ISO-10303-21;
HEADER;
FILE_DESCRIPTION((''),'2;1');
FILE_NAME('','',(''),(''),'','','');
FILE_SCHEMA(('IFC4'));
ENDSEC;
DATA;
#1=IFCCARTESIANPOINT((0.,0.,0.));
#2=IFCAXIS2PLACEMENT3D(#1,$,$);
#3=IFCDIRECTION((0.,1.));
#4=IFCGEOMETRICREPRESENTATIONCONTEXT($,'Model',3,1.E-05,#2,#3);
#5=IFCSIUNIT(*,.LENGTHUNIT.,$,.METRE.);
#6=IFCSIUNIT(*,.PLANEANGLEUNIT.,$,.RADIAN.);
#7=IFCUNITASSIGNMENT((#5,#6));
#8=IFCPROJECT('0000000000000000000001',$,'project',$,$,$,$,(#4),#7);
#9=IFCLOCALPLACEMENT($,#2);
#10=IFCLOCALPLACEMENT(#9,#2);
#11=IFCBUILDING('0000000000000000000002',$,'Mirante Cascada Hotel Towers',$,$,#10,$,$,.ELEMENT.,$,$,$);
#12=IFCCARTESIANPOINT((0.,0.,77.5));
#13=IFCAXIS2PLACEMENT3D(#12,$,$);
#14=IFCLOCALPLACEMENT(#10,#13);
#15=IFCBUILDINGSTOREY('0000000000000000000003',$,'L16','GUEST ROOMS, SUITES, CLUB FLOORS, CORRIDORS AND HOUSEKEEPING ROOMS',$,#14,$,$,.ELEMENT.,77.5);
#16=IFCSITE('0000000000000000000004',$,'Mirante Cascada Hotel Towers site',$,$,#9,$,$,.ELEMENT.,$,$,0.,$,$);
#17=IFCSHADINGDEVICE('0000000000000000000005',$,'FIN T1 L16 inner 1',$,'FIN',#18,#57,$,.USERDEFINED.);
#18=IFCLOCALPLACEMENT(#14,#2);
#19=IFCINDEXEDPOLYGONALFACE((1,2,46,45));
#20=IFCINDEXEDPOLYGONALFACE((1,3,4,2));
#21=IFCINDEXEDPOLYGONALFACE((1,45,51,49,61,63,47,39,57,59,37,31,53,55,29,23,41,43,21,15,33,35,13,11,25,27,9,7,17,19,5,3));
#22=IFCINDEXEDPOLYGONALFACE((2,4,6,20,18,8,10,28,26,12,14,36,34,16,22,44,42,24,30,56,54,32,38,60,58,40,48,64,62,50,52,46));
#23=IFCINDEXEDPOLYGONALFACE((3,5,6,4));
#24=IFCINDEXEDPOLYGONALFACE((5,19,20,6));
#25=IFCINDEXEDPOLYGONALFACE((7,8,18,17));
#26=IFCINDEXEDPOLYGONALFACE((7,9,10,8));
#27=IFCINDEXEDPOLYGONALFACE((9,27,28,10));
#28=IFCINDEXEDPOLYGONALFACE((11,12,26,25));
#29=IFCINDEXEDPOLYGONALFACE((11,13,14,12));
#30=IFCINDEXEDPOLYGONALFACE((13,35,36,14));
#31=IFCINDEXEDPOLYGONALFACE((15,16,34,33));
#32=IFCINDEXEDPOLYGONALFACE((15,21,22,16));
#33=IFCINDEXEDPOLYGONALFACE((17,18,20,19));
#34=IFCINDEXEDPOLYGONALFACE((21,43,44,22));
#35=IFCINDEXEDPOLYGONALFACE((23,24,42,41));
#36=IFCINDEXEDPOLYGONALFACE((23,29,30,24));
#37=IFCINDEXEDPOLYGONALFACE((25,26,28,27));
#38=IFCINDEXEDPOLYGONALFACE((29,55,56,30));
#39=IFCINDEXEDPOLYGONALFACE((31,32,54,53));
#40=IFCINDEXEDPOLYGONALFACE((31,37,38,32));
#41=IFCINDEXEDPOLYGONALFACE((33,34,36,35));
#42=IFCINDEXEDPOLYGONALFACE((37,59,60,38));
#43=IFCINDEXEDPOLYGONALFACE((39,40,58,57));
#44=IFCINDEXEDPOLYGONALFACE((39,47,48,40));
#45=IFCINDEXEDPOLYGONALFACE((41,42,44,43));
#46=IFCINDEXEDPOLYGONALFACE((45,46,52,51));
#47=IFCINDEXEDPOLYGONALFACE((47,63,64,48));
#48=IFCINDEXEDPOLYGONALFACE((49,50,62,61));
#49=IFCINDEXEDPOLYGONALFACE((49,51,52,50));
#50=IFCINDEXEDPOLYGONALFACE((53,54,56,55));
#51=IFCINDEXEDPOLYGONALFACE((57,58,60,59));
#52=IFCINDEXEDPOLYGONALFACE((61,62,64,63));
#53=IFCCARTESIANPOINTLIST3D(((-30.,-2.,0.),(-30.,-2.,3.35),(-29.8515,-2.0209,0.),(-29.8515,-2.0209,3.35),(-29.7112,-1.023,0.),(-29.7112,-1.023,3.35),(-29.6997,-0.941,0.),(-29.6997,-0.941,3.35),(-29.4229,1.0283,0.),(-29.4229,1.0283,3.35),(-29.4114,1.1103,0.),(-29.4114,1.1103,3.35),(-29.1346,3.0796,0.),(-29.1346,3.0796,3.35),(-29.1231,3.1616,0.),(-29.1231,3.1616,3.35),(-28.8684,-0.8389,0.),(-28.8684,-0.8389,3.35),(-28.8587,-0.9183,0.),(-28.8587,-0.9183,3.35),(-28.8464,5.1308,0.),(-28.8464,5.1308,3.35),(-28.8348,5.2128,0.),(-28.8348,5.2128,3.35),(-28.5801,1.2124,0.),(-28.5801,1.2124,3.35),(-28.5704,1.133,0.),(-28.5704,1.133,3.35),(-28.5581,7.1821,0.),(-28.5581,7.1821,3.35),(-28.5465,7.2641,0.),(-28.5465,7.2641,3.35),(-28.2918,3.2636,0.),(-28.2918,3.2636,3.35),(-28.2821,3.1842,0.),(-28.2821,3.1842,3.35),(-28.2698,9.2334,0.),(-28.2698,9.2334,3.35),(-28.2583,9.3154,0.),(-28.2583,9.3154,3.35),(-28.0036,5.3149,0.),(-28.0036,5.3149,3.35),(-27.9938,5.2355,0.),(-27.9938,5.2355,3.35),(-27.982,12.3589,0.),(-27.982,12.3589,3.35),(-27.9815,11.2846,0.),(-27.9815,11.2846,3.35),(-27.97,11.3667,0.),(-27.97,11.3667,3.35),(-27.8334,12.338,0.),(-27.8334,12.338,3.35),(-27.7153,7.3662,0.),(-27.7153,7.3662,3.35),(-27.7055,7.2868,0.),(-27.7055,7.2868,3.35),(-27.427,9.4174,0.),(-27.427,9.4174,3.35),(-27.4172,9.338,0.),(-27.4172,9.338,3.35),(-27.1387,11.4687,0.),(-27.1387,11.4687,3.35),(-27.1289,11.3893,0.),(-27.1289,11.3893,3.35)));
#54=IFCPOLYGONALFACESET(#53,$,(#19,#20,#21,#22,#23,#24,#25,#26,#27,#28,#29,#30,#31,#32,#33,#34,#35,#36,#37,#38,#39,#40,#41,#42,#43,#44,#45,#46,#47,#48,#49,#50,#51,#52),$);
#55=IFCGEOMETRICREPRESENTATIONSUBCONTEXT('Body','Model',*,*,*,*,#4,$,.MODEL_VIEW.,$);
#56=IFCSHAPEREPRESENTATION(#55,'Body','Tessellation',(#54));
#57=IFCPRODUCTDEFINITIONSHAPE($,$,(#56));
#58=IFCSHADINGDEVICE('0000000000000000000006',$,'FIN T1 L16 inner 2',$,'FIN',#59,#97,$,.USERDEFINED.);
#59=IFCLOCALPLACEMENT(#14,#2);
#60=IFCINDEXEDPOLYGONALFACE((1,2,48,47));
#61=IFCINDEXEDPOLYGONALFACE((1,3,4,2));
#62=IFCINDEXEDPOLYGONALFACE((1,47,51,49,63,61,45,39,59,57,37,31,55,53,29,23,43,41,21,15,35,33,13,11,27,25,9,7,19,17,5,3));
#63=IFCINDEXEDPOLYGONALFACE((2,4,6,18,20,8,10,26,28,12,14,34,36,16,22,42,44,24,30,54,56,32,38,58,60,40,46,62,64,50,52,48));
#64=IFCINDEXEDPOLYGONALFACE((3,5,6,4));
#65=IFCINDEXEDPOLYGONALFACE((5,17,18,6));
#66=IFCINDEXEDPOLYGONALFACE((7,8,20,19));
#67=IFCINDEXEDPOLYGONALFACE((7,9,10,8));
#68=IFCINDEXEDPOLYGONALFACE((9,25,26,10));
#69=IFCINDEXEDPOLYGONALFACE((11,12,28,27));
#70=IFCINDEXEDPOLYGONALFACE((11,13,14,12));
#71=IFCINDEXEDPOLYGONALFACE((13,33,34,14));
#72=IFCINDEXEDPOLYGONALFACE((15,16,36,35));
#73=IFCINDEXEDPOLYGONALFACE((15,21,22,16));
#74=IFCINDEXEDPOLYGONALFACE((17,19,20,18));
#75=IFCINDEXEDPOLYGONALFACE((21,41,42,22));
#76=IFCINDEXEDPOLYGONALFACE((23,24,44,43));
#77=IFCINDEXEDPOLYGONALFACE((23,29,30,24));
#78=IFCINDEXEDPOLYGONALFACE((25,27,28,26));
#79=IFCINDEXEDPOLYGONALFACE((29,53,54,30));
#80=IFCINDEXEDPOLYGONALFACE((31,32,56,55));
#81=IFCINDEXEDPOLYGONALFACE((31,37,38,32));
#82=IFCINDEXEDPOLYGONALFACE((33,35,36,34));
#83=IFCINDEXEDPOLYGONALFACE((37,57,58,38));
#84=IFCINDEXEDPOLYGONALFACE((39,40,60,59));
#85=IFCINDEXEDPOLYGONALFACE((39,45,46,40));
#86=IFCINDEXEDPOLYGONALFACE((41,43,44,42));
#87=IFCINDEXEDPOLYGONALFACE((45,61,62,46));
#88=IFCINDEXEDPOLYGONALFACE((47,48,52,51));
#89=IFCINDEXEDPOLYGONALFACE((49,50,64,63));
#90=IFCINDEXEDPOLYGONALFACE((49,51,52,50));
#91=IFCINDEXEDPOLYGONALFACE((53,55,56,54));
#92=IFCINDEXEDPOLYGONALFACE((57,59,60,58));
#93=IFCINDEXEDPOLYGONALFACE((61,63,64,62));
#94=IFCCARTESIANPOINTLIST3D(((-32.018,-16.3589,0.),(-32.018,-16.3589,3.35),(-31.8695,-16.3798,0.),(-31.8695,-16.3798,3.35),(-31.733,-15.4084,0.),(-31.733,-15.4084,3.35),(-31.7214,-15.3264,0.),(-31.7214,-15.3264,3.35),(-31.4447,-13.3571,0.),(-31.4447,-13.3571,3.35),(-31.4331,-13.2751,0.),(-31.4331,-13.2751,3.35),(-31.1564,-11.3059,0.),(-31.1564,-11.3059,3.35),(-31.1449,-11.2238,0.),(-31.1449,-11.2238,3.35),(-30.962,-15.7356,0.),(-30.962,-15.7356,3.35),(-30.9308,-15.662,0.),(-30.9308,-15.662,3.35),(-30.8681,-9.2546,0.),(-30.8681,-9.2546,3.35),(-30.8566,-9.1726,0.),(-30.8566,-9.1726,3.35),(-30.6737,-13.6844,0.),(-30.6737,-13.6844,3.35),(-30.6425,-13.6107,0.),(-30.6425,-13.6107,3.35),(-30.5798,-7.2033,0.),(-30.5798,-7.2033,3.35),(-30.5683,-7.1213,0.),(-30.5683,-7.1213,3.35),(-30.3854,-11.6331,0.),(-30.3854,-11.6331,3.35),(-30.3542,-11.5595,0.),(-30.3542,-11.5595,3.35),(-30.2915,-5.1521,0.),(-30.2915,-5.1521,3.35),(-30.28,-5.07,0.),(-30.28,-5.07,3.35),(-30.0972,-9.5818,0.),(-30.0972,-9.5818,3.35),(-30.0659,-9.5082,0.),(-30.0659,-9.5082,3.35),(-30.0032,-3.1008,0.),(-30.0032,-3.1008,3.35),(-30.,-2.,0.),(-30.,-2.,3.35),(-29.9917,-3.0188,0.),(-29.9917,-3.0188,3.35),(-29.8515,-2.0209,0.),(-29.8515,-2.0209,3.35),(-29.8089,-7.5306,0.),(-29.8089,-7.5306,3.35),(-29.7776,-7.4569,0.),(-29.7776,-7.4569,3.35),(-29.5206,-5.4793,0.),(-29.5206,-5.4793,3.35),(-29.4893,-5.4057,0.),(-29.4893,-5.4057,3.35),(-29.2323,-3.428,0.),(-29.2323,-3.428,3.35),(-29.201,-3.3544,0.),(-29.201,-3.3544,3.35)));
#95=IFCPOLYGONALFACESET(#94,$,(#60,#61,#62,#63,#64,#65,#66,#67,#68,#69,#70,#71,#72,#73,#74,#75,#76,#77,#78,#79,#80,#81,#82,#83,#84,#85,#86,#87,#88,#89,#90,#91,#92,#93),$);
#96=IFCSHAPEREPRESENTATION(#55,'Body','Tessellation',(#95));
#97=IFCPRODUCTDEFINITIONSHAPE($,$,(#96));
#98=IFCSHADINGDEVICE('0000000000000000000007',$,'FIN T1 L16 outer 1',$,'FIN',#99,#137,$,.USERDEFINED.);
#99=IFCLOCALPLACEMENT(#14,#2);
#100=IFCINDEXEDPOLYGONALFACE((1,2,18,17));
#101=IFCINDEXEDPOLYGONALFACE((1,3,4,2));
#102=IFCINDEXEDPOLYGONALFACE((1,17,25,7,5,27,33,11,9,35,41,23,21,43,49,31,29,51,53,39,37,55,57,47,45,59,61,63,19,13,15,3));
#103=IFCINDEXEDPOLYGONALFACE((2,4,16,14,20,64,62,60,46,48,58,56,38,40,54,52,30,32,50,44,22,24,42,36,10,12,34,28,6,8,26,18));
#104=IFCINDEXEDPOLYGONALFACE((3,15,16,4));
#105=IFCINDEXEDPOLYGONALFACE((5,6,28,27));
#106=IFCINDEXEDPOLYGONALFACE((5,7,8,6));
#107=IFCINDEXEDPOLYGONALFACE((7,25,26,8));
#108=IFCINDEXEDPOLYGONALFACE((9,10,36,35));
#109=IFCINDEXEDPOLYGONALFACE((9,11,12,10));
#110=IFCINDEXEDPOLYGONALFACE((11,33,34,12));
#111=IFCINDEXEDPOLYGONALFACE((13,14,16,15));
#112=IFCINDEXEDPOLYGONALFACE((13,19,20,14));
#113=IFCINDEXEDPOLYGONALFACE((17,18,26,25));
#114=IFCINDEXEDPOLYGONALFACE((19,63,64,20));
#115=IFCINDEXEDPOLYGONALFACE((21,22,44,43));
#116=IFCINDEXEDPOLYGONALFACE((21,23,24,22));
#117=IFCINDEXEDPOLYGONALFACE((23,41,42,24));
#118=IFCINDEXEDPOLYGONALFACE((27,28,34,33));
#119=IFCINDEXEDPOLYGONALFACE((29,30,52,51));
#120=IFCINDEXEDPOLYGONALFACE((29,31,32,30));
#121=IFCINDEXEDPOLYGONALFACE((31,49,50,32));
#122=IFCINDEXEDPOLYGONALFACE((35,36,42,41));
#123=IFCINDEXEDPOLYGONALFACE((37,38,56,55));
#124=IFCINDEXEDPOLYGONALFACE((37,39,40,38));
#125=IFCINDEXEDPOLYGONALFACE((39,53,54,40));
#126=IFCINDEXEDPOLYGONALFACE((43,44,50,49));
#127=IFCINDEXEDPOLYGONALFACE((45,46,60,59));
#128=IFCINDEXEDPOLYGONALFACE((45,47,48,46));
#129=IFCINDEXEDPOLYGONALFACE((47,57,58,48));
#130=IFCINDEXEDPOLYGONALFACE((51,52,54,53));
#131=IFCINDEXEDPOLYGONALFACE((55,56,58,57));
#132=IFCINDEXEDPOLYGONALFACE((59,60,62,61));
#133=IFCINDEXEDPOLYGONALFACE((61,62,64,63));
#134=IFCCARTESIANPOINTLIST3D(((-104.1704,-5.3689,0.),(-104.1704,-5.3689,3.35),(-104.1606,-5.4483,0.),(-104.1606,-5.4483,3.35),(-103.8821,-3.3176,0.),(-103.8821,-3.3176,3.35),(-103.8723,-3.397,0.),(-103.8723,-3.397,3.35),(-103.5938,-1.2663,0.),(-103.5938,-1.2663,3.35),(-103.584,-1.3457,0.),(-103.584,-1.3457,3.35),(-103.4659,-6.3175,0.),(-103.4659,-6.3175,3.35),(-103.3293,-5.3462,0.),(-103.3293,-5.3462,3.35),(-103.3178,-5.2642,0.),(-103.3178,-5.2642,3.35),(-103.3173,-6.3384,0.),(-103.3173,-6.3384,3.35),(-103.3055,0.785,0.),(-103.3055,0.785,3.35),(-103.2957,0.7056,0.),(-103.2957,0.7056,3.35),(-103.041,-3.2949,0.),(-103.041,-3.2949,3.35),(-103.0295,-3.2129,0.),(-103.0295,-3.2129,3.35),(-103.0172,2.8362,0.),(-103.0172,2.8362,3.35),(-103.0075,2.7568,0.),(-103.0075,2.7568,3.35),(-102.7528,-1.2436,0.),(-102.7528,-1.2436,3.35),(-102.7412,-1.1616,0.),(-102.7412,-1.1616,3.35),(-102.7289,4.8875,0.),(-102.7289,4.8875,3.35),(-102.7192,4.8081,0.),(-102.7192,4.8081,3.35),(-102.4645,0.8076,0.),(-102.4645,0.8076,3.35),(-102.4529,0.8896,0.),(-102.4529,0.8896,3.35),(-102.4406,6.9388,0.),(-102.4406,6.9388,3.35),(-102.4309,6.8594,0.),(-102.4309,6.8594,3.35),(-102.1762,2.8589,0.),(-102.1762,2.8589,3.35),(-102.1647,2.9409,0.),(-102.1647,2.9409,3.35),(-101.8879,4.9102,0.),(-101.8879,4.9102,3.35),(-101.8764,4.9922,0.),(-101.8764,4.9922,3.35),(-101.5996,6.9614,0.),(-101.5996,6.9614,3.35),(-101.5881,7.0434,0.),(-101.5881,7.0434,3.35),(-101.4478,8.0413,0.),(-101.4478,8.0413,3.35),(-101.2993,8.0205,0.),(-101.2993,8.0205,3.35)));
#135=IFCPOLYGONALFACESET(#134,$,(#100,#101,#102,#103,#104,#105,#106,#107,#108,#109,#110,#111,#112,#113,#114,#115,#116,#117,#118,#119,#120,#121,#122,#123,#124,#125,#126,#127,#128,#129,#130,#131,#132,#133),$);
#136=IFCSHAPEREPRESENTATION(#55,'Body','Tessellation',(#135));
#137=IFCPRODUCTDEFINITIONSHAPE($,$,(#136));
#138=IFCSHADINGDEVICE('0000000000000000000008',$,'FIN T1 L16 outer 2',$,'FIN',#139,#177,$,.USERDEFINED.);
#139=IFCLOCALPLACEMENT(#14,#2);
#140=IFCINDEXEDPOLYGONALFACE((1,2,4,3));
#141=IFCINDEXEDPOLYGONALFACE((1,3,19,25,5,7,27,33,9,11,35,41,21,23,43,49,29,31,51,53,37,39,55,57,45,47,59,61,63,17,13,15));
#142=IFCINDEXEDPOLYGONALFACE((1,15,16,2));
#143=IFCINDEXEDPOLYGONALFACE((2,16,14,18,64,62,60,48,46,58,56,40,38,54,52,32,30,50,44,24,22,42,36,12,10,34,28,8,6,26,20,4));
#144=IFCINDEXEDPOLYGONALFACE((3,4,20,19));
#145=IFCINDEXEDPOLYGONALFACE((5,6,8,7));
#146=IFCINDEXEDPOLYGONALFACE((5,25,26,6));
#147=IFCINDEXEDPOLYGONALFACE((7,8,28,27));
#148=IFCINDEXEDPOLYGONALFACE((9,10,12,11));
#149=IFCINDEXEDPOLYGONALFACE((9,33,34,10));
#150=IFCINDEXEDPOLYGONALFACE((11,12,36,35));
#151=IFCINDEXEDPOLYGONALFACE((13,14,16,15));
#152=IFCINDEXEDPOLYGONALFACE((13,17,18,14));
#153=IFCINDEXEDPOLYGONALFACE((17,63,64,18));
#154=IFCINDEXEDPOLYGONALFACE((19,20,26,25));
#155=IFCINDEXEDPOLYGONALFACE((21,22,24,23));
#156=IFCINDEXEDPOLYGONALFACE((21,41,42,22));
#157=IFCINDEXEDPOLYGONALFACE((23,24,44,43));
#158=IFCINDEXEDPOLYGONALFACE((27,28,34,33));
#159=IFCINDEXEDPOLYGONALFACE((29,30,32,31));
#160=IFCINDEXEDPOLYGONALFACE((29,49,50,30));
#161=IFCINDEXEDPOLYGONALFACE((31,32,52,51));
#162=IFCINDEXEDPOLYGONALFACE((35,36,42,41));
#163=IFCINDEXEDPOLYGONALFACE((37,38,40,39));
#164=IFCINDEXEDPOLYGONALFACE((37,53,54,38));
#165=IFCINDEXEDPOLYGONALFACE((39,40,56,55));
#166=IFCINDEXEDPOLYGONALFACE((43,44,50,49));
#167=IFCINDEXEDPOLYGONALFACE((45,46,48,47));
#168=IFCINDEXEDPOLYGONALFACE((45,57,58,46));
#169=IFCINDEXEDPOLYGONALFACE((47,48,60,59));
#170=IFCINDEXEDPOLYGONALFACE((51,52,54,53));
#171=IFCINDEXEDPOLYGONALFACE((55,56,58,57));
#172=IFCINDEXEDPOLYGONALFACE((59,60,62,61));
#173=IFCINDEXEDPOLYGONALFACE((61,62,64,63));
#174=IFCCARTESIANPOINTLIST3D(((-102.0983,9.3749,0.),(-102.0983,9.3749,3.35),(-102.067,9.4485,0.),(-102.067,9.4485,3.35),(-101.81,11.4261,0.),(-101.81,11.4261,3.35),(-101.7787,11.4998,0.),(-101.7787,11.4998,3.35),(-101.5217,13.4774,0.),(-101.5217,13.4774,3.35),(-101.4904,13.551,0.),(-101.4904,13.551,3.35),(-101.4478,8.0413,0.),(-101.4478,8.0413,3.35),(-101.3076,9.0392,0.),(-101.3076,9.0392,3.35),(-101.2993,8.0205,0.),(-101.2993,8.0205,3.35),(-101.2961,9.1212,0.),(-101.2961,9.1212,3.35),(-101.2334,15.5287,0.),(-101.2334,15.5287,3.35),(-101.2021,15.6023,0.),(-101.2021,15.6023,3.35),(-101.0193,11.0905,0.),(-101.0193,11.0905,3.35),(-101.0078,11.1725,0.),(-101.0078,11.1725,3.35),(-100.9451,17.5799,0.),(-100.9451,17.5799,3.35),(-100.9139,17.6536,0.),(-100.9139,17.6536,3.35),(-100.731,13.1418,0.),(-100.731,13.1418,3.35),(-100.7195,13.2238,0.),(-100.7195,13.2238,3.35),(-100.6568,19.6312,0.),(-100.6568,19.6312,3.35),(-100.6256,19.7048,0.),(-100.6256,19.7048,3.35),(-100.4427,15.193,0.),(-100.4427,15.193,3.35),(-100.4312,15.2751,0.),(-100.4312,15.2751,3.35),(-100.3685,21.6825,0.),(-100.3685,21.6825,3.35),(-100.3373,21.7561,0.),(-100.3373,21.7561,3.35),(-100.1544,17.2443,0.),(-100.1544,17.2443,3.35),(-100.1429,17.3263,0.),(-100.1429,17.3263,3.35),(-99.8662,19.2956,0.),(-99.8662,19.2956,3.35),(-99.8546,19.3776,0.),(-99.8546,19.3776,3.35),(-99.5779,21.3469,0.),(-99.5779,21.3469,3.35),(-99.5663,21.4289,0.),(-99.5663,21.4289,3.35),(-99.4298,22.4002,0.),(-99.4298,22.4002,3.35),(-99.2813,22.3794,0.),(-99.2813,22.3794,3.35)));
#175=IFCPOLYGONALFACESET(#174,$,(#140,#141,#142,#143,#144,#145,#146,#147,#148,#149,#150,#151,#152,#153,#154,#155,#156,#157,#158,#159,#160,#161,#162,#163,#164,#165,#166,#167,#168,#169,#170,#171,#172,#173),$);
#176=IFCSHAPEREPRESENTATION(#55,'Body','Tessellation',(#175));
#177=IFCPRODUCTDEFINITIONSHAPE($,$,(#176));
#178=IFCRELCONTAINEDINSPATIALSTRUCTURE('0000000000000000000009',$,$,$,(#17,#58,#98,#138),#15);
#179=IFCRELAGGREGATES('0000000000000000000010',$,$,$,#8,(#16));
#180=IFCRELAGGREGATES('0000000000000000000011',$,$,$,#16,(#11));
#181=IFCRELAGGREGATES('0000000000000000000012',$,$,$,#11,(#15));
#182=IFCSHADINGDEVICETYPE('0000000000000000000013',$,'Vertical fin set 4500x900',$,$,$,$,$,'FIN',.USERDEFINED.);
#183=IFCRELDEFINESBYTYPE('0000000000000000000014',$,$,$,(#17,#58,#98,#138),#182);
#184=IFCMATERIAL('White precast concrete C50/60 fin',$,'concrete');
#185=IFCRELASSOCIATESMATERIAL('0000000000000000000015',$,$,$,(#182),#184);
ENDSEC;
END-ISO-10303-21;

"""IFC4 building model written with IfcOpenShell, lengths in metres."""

from ifc_helpers import new_model, si_unit, direction, frame, origin, place, context, subcontext, project, spatial, polyline, outline, extrude, material, type_object, element, save


model = new_model("IFC4")

# Units and contexts
model_context = context("Model", 3, precision=1e-05, world=origin(), true_north=direction((0.0, 1.0)))
body_context = subcontext(model_context, "Body", "Model", "MODEL_VIEW")
ifc_project = project(units=[si_unit("LENGTHUNIT", "METRE"), si_unit("PLANEANGLEUNIT", "RADIAN")], contexts=[model_context])

# Site, building, storey
site_placement = place(None, origin())
site = spatial("IfcSite", under=ifc_project, at=site_placement, Name="Mirante Cascada Hotel Towers site", CompositionType="ELEMENT", RefElevation=0.0)
building_placement = place(site_placement, origin())
building = spatial("IfcBuilding", under=site, at=building_placement, Name="Mirante Cascada Hotel Towers", CompositionType="ELEMENT")
storey_placement = place(building_placement, frame((0.0, 0.0, 77.5)))
storey = spatial("IfcBuildingStorey", under=building, at=storey_placement, Name="L16", Description="GUEST ROOMS, SUITES, CLUB FLOORS, CORRIDORS AND HOUSEKEEPING ROOMS", CompositionType="ELEMENT", Elevation=77.5)

# Shading devices
ifc_material_1 = material(Name="White precast concrete C50/60 fin", Category="concrete")
shading_device_type = type_object("IfcShadingDeviceType", Name="Vertical fin set 4500x900", ElementType="FIN", PredefinedType="USERDEFINED", material=ifc_material_1)
shading_device_1_placement = place(storey_placement, origin())
element("IfcShadingDevice", 1, at=shading_device_1_placement, inside=storey, type_object=shading_device_type, Name="FIN T1 L16 inner 1", ObjectType="FIN", PredefinedType="USERDEFINED", context=body_context, shape_type="SweptSolid", body=[
    extrude(outline(polyline([(-29.7112, -1.023), (-29.8515, -2.0209), (-30.0, -2.0), (-27.982, 12.3589), (-27.8334, 12.338), (-27.97, 11.3667), (-27.1387, 11.4687), (-27.1289, 11.3893), (-27.9815, 11.2846), (-28.2583, 9.3154), (-27.427, 9.4174), (-27.4172, 9.338), (-28.2698, 9.2334), (-28.5465, 7.2641), (-27.7153, 7.3662), (-27.7055, 7.2868), (-28.5581, 7.1821), (-28.8348, 5.2128), (-28.0036, 5.3149), (-27.9938, 5.2355), (-28.8464, 5.1308), (-29.1231, 3.1616), (-28.2918, 3.2636), (-28.2821, 3.1842), (-29.1346, 3.0796), (-29.4114, 1.1103), (-28.5801, 1.2124), (-28.5704, 1.133), (-29.4229, 1.0283), (-29.6997, -0.941), (-28.8684, -0.8389), (-28.8587, -0.9183), (-29.7112, -1.023)])), origin(), (0.0, 0.0, 1.0), 3.35),
])
shading_device_2_placement = place(storey_placement, origin())
element("IfcShadingDevice", 2, at=shading_device_2_placement, inside=storey, type_object=shading_device_type, Name="FIN T1 L16 inner 2", ObjectType="FIN", PredefinedType="USERDEFINED", context=body_context, shape_type="SweptSolid", body=[
    extrude(outline(polyline([(-31.733, -15.4084), (-31.8695, -16.3798), (-32.018, -16.3589), (-30.0, -2.0), (-29.8515, -2.0209), (-29.9917, -3.0188), (-29.201, -3.3544), (-29.2323, -3.428), (-30.0032, -3.1008), (-30.28, -5.07), (-29.4893, -5.4057), (-29.5206, -5.4793), (-30.2915, -5.1521), (-30.5683, -7.1213), (-29.7776, -7.4569), (-29.8089, -7.5306), (-30.5798, -7.2033), (-30.8566, -9.1726), (-30.0659, -9.5082), (-30.0972, -9.5818), (-30.8681, -9.2546), (-31.1449, -11.2238), (-30.3542, -11.5595), (-30.3854, -11.6331), (-31.1564, -11.3059), (-31.4331, -13.2751), (-30.6425, -13.6107), (-30.6737, -13.6844), (-31.4447, -13.3571), (-31.7214, -15.3264), (-30.9308, -15.662), (-30.962, -15.7356), (-31.733, -15.4084)])), origin(), (0.0, 0.0, 1.0), 3.35),
])
shading_device_3_placement = place(storey_placement, origin())
element("IfcShadingDevice", 3, at=shading_device_3_placement, inside=storey, type_object=shading_device_type, Name="FIN T1 L16 outer 1", ObjectType="FIN", PredefinedType="USERDEFINED", context=body_context, shape_type="SweptSolid", body=[
    extrude(outline(polyline([(-103.3178, -5.2642), (-103.041, -3.2949), (-103.8723, -3.397), (-103.8821, -3.3176), (-103.0295, -3.2129), (-102.7528, -1.2436), (-103.584, -1.3457), (-103.5938, -1.2663), (-102.7412, -1.1616), (-102.4645, 0.8076), (-103.2957, 0.7056), (-103.3055, 0.785), (-102.4529, 0.8896), (-102.1762, 2.8589), (-103.0075, 2.7568), (-103.0172, 2.8362), (-102.1647, 2.9409), (-101.8879, 4.9102), (-102.7192, 4.8081), (-102.7289, 4.8875), (-101.8764, 4.9922), (-101.5996, 6.9614), (-102.4309, 6.8594), (-102.4406, 6.9388), (-101.5881, 7.0434), (-101.4478, 8.0413), (-101.2993, 8.0205), (-103.3173, -6.3384), (-103.4659, -6.3175), (-103.3293, -5.3462), (-104.1606, -5.4483), (-104.1704, -5.3689), (-103.3178, -5.2642)])), origin(), (0.0, 0.0, 1.0), 3.35),
])
shading_device_4_placement = place(storey_placement, origin())
element("IfcShadingDevice", 4, at=shading_device_4_placement, inside=storey, type_object=shading_device_type, Name="FIN T1 L16 outer 2", ObjectType="FIN", PredefinedType="USERDEFINED", context=body_context, shape_type="SweptSolid", body=[
    extrude(outline(polyline([(-101.2961, 9.1212), (-101.0193, 11.0905), (-101.81, 11.4261), (-101.7787, 11.4998), (-101.0078, 11.1725), (-100.731, 13.1418), (-101.5217, 13.4774), (-101.4904, 13.551), (-100.7195, 13.2238), (-100.4427, 15.193), (-101.2334, 15.5287), (-101.2021, 15.6023), (-100.4312, 15.2751), (-100.1544, 17.2443), (-100.9451, 17.5799), (-100.9139, 17.6536), (-100.1429, 17.3263), (-99.8662, 19.2956), (-100.6568, 19.6312), (-100.6256, 19.7048), (-99.8546, 19.3776), (-99.5779, 21.3469), (-100.3685, 21.6825), (-100.3373, 21.7561), (-99.5663, 21.4289), (-99.4298, 22.4002), (-99.2813, 22.3794), (-101.2993, 8.0205), (-101.4478, 8.0413), (-101.3076, 9.0392), (-102.0983, 9.3749), (-102.067, 9.4485), (-101.2961, 9.1212)])), origin(), (0.0, 0.0, 1.0), 3.35),
])

save(model, "model.ifc")
